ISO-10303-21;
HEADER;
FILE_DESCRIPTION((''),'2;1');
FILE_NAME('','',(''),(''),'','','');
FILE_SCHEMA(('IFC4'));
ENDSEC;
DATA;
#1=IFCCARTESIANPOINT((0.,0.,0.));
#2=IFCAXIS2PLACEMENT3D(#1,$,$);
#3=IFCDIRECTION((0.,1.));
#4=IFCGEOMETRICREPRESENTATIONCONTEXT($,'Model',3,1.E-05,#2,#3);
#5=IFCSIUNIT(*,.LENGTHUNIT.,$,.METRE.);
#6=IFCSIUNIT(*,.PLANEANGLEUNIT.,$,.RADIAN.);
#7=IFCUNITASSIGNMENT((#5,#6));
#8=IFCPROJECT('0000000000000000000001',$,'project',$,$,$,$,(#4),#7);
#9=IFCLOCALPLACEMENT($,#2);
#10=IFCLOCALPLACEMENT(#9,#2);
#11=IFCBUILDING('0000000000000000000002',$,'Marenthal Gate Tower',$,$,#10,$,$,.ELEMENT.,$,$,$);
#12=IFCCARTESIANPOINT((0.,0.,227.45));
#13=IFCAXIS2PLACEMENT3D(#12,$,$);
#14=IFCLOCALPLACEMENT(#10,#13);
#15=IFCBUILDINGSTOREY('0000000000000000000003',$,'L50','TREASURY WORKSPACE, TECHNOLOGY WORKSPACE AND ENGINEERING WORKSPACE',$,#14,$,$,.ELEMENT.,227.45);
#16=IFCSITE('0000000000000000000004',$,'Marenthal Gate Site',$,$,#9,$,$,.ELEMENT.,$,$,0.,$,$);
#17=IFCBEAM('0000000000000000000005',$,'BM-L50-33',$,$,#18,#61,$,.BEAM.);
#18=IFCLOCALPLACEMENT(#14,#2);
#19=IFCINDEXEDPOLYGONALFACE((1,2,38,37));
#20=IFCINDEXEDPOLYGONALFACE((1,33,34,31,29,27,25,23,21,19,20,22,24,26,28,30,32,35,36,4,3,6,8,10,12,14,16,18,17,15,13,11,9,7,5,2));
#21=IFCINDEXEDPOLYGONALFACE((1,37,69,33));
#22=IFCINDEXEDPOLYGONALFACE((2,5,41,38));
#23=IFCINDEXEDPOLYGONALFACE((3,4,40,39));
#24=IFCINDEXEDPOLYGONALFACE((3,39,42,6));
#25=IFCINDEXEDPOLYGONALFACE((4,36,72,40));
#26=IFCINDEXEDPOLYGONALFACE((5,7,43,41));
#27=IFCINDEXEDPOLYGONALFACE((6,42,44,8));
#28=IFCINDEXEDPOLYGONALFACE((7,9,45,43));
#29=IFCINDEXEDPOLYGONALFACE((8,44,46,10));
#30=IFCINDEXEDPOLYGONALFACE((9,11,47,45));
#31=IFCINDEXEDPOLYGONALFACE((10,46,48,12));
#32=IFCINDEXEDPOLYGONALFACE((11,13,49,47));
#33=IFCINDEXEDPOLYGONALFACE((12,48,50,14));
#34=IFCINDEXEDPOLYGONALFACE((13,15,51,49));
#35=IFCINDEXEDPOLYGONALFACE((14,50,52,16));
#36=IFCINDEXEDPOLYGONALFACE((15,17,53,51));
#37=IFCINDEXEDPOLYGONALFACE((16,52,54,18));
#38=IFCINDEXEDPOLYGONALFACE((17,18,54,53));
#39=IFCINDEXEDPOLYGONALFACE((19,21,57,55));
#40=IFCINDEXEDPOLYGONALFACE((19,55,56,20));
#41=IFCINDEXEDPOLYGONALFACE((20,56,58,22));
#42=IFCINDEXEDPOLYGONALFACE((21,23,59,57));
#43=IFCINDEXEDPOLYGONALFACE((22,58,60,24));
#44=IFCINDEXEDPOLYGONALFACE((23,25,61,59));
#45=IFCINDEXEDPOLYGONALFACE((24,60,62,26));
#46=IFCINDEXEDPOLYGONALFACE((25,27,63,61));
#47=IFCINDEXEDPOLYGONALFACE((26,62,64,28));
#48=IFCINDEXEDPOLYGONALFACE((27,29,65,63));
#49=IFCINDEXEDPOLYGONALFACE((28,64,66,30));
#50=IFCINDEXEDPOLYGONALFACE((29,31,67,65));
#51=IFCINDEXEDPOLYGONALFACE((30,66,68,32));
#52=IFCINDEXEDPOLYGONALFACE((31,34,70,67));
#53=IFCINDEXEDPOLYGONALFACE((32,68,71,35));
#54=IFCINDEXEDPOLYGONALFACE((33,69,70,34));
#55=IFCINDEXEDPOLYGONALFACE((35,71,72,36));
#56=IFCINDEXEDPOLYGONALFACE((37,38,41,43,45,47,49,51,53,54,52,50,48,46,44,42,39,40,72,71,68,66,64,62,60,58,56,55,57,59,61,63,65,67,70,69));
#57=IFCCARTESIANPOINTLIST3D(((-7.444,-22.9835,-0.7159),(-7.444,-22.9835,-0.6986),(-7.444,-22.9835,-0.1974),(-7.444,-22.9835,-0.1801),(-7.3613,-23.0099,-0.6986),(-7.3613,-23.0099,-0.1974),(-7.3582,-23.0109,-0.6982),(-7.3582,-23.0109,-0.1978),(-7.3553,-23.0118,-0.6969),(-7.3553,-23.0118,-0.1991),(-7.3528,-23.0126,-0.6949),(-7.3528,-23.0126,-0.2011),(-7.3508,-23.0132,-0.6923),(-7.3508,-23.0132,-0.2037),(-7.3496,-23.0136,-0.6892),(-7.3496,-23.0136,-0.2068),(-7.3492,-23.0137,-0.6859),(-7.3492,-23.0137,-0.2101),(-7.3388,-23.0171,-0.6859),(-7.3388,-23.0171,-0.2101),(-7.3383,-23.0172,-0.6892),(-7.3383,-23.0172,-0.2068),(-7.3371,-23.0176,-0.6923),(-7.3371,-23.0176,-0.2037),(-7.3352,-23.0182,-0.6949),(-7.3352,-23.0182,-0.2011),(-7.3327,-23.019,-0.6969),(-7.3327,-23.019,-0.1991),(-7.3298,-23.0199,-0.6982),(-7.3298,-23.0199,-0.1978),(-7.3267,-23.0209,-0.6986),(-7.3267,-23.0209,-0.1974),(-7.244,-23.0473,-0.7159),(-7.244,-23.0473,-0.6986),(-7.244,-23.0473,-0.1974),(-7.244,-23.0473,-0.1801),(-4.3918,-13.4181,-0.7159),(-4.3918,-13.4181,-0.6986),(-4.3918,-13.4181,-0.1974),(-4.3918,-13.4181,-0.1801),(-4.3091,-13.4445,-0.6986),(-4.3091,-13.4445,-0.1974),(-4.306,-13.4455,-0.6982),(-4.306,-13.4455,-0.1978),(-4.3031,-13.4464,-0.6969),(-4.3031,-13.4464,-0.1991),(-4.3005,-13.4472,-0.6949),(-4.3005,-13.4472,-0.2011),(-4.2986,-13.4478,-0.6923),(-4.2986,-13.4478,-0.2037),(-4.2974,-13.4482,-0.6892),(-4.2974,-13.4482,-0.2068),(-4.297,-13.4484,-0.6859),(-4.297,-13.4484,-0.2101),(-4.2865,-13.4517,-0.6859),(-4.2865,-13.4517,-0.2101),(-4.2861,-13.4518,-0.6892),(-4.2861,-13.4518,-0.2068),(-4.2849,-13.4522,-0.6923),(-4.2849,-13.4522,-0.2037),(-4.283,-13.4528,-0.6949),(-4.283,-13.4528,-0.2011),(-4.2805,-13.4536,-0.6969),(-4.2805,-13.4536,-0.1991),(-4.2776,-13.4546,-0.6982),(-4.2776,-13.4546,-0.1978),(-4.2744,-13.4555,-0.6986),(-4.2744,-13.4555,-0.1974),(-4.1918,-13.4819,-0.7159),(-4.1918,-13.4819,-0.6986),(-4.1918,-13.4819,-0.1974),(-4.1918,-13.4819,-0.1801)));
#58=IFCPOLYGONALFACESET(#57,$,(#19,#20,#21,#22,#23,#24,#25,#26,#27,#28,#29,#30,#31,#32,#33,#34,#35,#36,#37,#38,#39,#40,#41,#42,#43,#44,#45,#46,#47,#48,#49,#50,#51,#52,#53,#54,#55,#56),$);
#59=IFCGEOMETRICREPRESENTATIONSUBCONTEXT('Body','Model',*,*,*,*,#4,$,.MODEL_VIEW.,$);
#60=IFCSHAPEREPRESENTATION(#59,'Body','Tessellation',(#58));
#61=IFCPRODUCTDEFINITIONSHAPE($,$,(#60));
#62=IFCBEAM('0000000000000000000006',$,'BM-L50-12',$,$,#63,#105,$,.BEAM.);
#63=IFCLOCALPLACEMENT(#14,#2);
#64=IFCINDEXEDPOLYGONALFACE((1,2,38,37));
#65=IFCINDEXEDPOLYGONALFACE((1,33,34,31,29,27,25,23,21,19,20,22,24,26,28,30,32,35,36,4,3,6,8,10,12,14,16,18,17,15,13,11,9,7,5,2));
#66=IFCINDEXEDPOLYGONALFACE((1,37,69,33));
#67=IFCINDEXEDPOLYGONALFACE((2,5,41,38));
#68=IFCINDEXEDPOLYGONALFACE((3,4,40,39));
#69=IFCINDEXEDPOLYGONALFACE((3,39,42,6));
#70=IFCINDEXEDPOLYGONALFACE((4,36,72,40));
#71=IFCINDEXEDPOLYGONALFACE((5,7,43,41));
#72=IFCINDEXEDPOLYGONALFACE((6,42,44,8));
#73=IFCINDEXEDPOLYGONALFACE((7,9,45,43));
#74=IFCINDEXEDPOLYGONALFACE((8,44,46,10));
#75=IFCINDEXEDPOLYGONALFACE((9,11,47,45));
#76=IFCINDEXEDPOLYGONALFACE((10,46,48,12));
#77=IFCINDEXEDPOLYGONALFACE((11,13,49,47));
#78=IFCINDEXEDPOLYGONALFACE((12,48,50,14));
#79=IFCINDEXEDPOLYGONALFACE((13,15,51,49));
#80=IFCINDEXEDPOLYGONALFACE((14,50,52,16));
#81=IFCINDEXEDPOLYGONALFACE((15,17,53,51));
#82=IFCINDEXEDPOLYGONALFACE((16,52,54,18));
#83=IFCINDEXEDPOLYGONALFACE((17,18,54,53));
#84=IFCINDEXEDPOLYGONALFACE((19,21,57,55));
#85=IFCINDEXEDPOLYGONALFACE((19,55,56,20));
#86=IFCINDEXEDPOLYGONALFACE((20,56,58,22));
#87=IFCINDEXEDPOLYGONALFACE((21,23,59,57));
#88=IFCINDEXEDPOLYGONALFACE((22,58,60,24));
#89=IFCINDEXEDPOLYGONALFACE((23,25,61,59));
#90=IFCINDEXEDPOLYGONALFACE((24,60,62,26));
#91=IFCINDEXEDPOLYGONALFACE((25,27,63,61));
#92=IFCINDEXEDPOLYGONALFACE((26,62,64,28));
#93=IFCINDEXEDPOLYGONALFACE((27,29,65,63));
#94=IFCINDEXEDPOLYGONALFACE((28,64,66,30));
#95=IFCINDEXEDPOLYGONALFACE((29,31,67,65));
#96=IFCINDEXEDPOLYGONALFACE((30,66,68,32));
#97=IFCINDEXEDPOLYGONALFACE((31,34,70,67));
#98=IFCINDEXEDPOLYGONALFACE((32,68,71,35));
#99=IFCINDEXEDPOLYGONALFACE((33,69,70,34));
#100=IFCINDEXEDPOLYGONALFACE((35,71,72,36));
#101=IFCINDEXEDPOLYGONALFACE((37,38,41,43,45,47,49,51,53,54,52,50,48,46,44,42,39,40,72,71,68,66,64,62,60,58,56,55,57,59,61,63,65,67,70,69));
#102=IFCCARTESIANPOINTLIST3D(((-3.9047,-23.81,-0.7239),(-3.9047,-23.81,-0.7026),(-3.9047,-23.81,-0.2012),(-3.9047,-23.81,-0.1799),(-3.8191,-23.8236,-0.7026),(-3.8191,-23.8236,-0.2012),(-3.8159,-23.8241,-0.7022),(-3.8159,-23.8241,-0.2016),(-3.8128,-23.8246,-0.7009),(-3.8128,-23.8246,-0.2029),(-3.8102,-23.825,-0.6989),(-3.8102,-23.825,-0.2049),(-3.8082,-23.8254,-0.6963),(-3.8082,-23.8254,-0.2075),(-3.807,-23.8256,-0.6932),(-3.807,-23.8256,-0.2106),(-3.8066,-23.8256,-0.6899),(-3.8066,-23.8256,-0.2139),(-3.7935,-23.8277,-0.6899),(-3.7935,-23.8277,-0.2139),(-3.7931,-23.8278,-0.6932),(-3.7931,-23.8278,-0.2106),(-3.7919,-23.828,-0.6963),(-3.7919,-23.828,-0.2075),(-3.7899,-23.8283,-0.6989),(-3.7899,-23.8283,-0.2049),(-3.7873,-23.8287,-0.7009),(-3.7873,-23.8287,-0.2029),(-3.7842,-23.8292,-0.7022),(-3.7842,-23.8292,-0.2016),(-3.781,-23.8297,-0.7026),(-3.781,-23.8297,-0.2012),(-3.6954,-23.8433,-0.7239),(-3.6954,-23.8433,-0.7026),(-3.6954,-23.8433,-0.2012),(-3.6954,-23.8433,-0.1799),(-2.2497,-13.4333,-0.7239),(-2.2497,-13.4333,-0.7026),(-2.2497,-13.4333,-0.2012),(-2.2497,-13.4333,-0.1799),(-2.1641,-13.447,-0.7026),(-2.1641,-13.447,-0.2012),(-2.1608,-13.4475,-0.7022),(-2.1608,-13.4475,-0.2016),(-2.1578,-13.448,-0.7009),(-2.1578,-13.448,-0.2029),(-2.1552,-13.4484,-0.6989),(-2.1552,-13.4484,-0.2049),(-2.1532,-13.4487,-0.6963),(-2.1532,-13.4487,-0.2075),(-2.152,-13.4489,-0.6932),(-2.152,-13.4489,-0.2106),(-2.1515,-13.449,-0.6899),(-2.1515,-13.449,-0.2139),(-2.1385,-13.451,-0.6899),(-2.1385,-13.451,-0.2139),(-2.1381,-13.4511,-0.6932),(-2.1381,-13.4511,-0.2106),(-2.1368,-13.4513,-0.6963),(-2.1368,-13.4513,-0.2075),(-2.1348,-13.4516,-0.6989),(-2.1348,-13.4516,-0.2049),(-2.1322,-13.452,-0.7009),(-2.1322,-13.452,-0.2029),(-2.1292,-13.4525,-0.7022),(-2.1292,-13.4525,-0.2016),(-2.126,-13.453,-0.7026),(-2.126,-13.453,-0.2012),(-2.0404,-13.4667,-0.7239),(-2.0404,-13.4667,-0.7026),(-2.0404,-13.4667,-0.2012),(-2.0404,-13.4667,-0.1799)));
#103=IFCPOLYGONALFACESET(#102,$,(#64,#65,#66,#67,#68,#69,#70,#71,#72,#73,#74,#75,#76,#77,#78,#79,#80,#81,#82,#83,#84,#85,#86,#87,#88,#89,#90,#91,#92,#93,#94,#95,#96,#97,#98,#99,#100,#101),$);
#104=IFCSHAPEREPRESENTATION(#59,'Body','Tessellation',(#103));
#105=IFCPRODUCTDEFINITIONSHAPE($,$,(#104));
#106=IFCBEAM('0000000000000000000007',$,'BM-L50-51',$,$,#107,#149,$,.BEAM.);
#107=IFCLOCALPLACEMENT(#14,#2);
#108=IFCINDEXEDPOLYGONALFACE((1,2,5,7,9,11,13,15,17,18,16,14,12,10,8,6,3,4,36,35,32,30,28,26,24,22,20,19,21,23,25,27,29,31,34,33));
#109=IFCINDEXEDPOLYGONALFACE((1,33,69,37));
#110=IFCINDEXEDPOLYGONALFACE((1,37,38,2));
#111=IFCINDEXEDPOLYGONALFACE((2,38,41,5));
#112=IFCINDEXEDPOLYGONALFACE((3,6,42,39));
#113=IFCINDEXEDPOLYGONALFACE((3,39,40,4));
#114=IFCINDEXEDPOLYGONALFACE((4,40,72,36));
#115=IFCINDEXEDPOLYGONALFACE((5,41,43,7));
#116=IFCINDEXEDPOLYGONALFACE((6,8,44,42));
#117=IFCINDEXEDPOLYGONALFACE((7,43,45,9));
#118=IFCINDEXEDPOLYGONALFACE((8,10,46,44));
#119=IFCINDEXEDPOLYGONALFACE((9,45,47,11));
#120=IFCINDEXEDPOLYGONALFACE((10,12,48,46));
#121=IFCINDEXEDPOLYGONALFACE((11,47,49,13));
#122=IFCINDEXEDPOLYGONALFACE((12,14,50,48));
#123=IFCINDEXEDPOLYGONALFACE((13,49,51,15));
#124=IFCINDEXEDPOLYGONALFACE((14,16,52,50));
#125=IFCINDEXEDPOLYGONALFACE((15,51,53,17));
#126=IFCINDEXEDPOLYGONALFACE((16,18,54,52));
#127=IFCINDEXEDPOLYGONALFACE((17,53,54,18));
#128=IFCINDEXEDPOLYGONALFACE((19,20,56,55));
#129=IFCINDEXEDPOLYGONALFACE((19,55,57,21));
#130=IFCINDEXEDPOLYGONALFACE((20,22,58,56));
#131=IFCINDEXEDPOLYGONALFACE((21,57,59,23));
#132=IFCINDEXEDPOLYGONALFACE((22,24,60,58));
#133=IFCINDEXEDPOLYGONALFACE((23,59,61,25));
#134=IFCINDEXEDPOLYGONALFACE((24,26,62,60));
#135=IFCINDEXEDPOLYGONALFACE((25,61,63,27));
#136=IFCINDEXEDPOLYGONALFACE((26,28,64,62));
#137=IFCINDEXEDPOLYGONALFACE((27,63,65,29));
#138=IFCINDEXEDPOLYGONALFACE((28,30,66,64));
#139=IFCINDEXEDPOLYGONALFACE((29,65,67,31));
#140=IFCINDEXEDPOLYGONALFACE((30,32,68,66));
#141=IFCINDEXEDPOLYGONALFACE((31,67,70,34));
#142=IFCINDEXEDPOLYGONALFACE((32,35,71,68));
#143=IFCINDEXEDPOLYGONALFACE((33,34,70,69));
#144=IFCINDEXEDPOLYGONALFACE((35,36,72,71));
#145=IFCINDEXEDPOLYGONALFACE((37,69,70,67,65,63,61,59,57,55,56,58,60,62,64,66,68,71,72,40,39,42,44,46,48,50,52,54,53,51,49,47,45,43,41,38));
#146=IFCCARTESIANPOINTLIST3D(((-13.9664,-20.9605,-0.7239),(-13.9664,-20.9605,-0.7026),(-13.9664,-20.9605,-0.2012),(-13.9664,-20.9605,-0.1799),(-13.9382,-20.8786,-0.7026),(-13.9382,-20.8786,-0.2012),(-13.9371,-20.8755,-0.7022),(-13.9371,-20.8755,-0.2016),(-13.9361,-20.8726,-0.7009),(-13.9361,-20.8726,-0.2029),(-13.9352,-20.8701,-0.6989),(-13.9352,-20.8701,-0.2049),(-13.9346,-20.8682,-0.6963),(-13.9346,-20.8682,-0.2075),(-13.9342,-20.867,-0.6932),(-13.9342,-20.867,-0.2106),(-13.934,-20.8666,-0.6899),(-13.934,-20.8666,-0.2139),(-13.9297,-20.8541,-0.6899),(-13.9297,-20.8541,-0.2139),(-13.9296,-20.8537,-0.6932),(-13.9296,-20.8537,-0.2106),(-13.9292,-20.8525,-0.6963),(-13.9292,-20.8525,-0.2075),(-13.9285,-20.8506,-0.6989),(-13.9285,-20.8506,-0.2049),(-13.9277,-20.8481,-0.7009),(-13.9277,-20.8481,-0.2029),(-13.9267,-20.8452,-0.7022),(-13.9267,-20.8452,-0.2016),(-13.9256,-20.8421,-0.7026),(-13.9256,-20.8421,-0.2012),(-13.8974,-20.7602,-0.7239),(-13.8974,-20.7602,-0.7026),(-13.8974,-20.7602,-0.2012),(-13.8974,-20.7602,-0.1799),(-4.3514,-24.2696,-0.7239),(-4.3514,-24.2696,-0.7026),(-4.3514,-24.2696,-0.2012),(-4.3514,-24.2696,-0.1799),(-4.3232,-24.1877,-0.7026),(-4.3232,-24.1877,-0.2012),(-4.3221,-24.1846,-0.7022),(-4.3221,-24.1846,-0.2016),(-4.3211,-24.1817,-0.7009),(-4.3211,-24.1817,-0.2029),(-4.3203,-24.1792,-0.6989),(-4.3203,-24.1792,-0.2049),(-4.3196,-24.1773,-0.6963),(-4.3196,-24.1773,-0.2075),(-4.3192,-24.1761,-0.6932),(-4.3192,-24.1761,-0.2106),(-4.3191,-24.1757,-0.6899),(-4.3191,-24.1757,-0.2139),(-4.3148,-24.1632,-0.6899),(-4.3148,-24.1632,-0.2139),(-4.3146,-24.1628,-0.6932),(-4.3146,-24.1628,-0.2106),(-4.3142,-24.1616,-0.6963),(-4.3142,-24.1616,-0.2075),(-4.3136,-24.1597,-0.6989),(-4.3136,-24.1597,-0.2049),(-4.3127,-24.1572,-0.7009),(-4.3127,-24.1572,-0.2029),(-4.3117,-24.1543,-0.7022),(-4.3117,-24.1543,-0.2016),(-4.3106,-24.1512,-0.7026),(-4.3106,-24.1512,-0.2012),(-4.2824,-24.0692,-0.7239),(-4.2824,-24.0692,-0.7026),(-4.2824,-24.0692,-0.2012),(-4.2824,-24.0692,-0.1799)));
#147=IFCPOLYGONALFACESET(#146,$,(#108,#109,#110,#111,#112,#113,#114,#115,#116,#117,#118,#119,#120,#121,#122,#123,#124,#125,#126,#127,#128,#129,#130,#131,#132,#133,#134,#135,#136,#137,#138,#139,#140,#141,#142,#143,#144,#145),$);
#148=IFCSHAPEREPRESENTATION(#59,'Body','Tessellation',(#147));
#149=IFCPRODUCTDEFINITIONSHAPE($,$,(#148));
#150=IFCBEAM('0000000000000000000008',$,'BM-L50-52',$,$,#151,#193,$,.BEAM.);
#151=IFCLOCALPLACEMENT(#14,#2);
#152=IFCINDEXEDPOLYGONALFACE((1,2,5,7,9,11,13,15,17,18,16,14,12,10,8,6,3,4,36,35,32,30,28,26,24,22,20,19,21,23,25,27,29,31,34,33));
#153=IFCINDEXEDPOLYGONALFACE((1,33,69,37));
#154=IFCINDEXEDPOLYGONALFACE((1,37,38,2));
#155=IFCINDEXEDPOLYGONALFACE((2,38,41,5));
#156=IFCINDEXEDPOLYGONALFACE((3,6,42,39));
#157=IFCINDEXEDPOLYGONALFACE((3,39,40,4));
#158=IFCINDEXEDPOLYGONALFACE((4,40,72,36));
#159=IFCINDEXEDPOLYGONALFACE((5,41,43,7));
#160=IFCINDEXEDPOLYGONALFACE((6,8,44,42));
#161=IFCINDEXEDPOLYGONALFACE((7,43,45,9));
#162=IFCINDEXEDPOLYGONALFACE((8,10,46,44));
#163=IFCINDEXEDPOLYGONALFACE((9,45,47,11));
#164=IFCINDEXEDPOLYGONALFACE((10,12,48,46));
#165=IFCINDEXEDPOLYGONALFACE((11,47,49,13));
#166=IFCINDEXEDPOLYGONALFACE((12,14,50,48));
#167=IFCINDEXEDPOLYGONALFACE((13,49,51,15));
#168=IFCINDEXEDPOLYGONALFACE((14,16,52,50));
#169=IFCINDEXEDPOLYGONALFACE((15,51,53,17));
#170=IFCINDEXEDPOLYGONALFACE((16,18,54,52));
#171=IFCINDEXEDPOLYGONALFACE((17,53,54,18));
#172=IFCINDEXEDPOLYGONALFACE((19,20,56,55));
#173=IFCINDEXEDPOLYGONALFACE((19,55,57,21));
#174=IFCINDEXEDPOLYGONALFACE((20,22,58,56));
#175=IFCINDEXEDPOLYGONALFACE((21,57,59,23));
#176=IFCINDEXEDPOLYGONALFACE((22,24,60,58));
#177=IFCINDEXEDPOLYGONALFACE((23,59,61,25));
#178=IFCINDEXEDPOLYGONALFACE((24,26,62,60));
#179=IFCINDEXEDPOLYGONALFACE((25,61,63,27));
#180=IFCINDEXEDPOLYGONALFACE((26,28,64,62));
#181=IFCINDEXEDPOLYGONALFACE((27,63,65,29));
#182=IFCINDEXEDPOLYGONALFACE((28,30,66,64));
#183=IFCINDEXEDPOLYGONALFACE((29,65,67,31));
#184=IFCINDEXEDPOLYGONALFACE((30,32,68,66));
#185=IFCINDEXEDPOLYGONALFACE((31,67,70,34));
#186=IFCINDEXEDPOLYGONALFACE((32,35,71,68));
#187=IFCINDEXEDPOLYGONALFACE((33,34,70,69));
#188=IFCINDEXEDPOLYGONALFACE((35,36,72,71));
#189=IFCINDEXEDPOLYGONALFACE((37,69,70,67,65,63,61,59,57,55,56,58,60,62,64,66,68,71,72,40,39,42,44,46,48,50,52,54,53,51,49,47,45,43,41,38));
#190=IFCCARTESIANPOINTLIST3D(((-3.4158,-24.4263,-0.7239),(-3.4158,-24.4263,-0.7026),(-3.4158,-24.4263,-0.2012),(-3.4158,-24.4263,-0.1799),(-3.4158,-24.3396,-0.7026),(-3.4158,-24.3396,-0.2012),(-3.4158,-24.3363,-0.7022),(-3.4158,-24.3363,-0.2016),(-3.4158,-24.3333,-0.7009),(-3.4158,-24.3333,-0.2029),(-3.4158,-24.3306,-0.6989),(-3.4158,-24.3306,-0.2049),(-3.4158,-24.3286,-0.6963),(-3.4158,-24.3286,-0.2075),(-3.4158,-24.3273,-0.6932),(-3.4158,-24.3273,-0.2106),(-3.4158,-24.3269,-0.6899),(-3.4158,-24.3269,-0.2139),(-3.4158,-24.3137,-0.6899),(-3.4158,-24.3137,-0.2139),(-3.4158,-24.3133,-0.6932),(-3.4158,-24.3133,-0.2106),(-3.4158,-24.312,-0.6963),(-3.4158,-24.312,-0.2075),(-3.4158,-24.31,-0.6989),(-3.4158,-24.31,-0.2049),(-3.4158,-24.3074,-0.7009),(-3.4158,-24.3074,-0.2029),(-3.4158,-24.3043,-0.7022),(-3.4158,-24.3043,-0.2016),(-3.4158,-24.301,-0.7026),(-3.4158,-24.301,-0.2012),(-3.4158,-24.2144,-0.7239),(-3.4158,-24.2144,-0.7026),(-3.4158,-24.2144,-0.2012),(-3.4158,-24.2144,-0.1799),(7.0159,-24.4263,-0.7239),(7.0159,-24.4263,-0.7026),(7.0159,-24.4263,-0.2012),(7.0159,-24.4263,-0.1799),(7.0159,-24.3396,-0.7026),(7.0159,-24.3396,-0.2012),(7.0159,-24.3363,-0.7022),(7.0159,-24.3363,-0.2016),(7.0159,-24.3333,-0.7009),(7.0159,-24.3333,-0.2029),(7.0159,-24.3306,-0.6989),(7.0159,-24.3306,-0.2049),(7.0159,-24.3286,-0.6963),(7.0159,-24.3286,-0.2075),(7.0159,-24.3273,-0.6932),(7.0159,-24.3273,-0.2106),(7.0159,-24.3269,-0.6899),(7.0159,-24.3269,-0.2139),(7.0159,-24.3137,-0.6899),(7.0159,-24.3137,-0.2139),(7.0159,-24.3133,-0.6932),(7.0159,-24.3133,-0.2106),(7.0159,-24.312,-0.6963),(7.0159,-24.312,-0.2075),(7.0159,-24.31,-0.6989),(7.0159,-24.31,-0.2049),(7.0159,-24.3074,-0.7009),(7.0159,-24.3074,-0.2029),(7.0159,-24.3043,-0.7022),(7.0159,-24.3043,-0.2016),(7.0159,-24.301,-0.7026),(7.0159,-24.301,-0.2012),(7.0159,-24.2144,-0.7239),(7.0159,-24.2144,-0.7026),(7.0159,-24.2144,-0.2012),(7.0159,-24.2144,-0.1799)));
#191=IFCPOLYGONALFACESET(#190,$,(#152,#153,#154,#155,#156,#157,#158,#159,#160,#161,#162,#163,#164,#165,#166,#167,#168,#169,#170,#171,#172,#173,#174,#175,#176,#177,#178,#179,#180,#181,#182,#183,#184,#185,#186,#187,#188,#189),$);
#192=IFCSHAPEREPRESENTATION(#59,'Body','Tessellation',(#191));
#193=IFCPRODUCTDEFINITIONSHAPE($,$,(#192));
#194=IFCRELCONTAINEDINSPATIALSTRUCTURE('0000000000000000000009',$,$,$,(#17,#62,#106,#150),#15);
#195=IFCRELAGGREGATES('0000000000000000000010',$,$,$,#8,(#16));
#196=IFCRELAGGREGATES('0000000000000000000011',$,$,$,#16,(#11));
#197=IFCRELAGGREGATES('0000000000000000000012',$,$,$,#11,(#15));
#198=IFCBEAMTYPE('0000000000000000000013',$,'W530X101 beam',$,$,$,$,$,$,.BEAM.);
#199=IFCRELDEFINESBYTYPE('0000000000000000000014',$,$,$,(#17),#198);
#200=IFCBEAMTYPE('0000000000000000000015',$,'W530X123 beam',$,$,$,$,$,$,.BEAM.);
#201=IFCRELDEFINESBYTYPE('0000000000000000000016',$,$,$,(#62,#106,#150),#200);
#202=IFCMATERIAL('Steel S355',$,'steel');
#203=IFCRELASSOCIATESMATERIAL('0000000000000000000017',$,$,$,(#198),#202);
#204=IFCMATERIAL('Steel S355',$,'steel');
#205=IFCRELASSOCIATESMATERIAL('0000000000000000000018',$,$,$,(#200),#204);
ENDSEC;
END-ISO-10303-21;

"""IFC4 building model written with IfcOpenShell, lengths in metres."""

from ifc_helpers import new_model, si_unit, direction, frame, origin, origin_2d, place, context, subcontext, project, spatial, i_section, extrude, material, material_profile, profile_set, type_object, element, save


model = new_model("IFC4")

# Units and contexts
model_context = context("Model", 3, precision=1e-05, world=origin(), true_north=direction((0.0, 1.0)))
body_context = subcontext(model_context, "Body", "Model", "MODEL_VIEW")
ifc_project = project(units=[si_unit("LENGTHUNIT", "METRE"), si_unit("PLANEANGLEUNIT", "RADIAN")], contexts=[model_context])

# Site, building, storey
site_placement = place(None, origin())
site = spatial("IfcSite", under=ifc_project, at=site_placement, Name="Marenthal Gate Site", CompositionType="ELEMENT", RefElevation=0.0)
building_placement = place(site_placement, origin())
building = spatial("IfcBuilding", under=site, at=building_placement, Name="Marenthal Gate Tower", CompositionType="ELEMENT")
storey_placement = place(building_placement, frame((0.0, 0.0, 227.45)))
storey = spatial("IfcBuildingStorey", under=building, at=storey_placement, Name="L50", Description="TREASURY WORKSPACE, TECHNOLOGY WORKSPACE AND ENGINEERING WORKSPACE", CompositionType="ELEMENT", Elevation=227.45)

# Beams
ifc_material_1 = material(Name="Steel S355", Category="steel")
ifc_material_profile_1 = material_profile(ifc_material_1, i_section(OverallWidth=0.21, OverallDepth=0.5359, WebThickness=0.011, FlangeThickness=0.0173, FilletRadius=0.0127, at=origin_2d()), Name="W530X101")
ifc_profile_set_1 = profile_set([ifc_material_profile_1], Name="Steel S355")
beam_type_1 = type_object("IfcBeamType", Name="W530X101 beam", PredefinedType="BEAM", material=ifc_profile_set_1)
beam_1_placement = place(storey_placement, frame((-7.344, -23.0154, -0.448), z_axis=(0.30399, 0.952675, 0.0), x_axis=(-0.952675, 0.30399, 0.0)))
element("IfcBeam", 1, at=beam_1_placement, inside=storey, type_object=beam_type_1, Name="BM-L50-33", PredefinedType="BEAM", context=body_context, shape_type="SweptSolid", body=[
    extrude(i_section(OverallWidth=0.21, OverallDepth=0.5359, WebThickness=0.011, FlangeThickness=0.0173, FilletRadius=0.0127, at=origin_2d()), origin(), (0.0, 0.0, 1.0), 10.0405),
])
ifc_material_2 = material(Name="Steel S355", Category="steel")
ifc_material_profile_2 = material_profile(ifc_material_2, i_section(OverallWidth=0.2119, OverallDepth=0.5439, WebThickness=0.0132, FlangeThickness=0.0212, FilletRadius=0.0127, at=origin_2d()), Name="W530X123")
ifc_profile_set_2 = profile_set([ifc_material_profile_2], Name="Steel S355")
beam_type_2 = type_object("IfcBeamType", Name="W530X123 beam", PredefinedType="BEAM", material=ifc_profile_set_2)
beam_2_placement = place(storey_placement, frame((-3.8, -23.8267, -0.4519), z_axis=(0.157504, 0.987518, 0.0), x_axis=(-0.987518, 0.157504, 0.0)))
element("IfcBeam", 2, at=beam_2_placement, inside=storey, type_object=beam_type_2, Name="BM-L50-12", PredefinedType="BEAM", context=body_context, shape_type="SweptSolid", body=[
    extrude(i_section(OverallWidth=0.2119, OverallDepth=0.5439, WebThickness=0.0132, FlangeThickness=0.0212, FilletRadius=0.0127, at=origin_2d()), origin(), (0.0, 0.0, 1.0), 10.5078),
])
beam_3_placement = place(storey_placement, frame((-13.9319, -20.8604, -0.4519), z_axis=(0.945568, -0.325425, 0.0), x_axis=(0.325425, 0.945568, 0.0)))
element("IfcBeam", 3, at=beam_3_placement, inside=storey, type_object=beam_type_2, Name="BM-L50-51", PredefinedType="BEAM", context=body_context, shape_type="SweptSolid", body=[
    extrude(i_section(OverallWidth=0.2119, OverallDepth=0.5439, WebThickness=0.0132, FlangeThickness=0.0212, FilletRadius=0.0127, at=origin_2d()), origin(), (0.0, 0.0, 1.0), 10.1685),
])
beam_4_placement = place(storey_placement, frame((-3.4158, -24.3203, -0.4519), z_axis=(1.0, 0.0, 0.0), x_axis=(0.0, 1.0, 0.0)))
element("IfcBeam", 4, at=beam_4_placement, inside=storey, type_object=beam_type_2, Name="BM-L50-52", PredefinedType="BEAM", context=body_context, shape_type="SweptSolid", body=[
    extrude(i_section(OverallWidth=0.2119, OverallDepth=0.5439, WebThickness=0.0132, FlangeThickness=0.0212, FilletRadius=0.0127, at=origin_2d()), origin(), (0.0, 0.0, 1.0), 10.4316),
])

save(model, "model.ifc")
